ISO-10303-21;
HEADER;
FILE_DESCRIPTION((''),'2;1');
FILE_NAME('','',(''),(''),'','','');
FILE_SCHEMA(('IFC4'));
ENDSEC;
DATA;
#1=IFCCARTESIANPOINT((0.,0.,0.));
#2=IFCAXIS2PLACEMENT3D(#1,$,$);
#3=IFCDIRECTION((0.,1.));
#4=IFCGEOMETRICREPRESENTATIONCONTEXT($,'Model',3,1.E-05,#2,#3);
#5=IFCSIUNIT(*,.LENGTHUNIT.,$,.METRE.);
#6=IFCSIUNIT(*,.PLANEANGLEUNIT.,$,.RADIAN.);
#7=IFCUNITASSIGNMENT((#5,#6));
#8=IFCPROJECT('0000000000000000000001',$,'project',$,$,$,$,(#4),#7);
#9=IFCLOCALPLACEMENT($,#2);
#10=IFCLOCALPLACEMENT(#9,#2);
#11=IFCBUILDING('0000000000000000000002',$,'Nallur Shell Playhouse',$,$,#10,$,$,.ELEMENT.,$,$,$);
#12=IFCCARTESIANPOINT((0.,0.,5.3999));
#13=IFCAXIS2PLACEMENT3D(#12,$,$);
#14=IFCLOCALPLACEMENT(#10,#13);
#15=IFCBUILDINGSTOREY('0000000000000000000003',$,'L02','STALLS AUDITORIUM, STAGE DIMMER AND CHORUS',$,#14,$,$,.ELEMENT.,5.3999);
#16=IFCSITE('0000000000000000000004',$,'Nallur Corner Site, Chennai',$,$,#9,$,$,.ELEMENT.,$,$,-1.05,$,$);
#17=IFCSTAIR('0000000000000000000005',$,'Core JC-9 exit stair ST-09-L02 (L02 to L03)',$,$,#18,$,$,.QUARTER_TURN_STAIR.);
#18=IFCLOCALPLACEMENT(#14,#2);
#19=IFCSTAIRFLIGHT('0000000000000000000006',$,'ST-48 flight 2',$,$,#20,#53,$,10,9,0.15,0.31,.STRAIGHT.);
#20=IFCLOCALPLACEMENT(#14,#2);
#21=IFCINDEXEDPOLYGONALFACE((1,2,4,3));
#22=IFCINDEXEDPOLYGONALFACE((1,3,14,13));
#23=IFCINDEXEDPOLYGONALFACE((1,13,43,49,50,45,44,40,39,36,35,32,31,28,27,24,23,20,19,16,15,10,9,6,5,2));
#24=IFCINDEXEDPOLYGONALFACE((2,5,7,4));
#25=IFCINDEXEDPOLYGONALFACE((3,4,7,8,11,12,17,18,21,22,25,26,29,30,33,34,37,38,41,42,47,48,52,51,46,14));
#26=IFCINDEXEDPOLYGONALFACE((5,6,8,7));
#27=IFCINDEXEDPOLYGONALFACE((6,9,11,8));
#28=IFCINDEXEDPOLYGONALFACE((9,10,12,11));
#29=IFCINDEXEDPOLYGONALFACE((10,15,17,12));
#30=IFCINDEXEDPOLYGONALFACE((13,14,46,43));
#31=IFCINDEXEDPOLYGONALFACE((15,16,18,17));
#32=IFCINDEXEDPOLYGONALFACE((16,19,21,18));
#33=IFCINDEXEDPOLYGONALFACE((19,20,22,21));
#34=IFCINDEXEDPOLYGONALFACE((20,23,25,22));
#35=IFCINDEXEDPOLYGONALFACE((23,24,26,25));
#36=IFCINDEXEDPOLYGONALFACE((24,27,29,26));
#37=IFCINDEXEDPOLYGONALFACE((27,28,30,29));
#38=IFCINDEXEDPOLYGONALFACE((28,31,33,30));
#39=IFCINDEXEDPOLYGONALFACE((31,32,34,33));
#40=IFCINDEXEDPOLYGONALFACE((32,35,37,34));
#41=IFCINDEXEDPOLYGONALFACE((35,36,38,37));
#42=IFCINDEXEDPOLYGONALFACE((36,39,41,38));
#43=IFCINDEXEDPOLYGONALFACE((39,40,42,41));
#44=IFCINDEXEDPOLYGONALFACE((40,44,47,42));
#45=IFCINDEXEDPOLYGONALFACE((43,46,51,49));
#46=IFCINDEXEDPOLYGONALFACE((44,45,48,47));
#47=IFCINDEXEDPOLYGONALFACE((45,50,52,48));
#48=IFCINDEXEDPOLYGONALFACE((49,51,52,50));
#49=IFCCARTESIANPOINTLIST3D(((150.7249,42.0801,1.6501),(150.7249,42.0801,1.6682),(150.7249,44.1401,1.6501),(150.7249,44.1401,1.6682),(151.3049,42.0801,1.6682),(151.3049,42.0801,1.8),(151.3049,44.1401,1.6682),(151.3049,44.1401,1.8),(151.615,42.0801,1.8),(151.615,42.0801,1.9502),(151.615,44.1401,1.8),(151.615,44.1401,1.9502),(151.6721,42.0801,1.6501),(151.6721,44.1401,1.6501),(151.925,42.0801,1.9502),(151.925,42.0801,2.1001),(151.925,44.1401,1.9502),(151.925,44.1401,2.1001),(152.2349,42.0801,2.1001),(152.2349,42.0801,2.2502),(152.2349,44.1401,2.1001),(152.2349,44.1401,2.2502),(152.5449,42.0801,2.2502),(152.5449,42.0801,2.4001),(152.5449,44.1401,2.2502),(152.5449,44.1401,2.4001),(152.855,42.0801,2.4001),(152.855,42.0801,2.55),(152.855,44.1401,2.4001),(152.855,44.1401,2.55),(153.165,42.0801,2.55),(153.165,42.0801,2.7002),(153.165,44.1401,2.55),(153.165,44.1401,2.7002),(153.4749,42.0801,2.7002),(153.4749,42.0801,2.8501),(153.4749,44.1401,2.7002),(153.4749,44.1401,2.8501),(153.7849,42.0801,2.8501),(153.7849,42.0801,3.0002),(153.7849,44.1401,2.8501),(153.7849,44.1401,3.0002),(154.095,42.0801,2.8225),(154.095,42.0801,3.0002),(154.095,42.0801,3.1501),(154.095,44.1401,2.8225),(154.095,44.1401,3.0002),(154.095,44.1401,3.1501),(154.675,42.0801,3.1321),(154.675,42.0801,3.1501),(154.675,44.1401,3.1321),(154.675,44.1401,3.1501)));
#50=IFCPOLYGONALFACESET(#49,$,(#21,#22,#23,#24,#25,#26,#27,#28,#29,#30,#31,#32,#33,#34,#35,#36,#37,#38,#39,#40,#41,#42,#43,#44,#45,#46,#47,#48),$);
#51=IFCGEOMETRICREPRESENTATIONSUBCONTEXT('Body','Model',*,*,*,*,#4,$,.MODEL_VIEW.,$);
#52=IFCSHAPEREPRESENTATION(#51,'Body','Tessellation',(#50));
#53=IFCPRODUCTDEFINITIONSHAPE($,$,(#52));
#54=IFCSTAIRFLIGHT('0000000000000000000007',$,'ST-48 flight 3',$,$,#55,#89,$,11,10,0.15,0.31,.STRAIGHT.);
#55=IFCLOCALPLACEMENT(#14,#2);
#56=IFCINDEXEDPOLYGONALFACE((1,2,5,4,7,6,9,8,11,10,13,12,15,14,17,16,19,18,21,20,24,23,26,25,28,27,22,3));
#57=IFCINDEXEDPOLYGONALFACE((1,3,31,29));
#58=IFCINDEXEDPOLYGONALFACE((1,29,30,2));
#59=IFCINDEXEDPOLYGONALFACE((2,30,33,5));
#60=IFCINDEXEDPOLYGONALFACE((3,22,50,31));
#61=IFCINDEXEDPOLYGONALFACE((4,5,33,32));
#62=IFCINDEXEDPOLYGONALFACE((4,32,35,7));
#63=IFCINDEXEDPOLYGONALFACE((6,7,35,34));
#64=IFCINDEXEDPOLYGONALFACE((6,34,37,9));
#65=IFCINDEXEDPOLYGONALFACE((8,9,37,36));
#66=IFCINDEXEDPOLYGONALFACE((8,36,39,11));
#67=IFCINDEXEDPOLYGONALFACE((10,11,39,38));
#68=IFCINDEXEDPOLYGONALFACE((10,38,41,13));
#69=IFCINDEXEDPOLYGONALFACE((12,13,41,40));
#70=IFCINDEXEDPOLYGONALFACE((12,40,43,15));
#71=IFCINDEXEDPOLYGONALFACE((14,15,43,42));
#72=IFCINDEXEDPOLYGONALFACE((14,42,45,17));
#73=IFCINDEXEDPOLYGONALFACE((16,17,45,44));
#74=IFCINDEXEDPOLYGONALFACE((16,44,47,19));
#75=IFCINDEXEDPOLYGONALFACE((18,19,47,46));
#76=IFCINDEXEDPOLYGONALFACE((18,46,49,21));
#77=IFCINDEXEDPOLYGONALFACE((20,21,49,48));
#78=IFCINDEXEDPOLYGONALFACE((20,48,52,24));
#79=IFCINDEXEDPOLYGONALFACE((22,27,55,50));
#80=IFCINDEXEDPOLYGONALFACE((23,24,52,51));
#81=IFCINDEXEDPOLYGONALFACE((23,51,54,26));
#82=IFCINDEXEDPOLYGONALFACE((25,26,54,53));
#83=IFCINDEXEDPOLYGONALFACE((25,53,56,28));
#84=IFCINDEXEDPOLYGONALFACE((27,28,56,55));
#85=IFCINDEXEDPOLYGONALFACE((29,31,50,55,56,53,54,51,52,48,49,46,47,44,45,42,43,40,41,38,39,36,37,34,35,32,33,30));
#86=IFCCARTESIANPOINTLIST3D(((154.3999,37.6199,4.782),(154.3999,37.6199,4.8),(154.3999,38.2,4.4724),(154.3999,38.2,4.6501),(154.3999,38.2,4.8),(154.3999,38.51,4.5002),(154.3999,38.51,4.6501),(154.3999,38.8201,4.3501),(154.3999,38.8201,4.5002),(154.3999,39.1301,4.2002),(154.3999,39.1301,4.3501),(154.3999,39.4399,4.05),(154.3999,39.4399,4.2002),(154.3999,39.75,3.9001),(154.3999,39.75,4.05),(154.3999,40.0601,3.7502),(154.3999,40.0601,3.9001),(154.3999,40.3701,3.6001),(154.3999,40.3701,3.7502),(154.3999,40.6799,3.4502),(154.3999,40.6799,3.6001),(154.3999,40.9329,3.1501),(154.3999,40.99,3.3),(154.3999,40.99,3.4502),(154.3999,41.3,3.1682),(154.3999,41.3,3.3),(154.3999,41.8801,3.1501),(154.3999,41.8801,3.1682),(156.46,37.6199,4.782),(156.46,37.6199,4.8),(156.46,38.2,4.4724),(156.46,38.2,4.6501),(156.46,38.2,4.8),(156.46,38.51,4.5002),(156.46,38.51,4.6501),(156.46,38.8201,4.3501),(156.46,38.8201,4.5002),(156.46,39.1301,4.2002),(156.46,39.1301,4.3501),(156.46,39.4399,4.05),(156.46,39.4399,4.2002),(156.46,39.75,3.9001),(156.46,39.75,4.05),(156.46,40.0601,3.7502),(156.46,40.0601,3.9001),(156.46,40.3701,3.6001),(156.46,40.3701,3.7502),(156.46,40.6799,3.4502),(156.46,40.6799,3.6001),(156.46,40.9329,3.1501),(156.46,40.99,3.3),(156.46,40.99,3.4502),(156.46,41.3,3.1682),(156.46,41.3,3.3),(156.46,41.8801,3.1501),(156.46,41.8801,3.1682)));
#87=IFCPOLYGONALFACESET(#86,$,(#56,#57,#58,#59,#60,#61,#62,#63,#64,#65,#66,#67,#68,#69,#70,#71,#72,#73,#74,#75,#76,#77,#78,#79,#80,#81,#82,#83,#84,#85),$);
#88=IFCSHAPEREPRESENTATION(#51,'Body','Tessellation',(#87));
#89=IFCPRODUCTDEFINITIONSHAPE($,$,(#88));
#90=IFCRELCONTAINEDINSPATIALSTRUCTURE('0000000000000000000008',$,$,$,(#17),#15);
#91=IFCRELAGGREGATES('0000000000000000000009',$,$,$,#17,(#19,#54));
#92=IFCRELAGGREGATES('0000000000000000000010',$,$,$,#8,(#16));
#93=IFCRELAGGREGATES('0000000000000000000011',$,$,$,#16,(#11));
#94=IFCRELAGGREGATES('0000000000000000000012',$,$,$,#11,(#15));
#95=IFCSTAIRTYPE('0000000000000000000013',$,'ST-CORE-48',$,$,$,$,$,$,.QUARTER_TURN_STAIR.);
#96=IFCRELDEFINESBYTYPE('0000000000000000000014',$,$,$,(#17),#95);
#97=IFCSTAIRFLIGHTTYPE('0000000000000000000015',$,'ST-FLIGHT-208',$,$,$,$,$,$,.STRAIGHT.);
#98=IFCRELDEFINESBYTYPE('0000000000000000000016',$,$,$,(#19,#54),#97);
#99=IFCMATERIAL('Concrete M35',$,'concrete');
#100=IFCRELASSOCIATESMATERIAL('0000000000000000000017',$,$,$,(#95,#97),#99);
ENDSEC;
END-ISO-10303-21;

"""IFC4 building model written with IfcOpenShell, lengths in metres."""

from ifc_helpers import new_model, si_unit, direction, frame, origin, place, context, subcontext, project, spatial, polyline, outline, extrude, material, type_object, element, aggregate, save


model = new_model("IFC4")

# Units and contexts
model_context = context("Model", 3, precision=1e-05, world=origin(), true_north=direction((0.0, 1.0)))
body_context = subcontext(model_context, "Body", "Model", "MODEL_VIEW")
ifc_project = project(units=[si_unit("LENGTHUNIT", "METRE"), si_unit("PLANEANGLEUNIT", "RADIAN")], contexts=[model_context])

# Site, building, storey
site_placement = place(None, origin())
site = spatial("IfcSite", under=ifc_project, at=site_placement, Name="Nallur Corner Site, Chennai", CompositionType="ELEMENT", RefElevation=-1.05)
building_placement = place(site_placement, origin())
building = spatial("IfcBuilding", under=site, at=building_placement, Name="Nallur Shell Playhouse", CompositionType="ELEMENT")
storey_placement = place(building_placement, frame((0.0, 0.0, 5.3999)))
storey = spatial("IfcBuildingStorey", under=building, at=storey_placement, Name="L02", Description="STALLS AUDITORIUM, STAGE DIMMER AND CHORUS", CompositionType="ELEMENT", Elevation=5.3999)

# Shared definitions
ifc_material_1 = material(Name="Concrete M35", Category="concrete")

# Stair, stair flights
stair_type = type_object("IfcStairType", Name="ST-CORE-48", PredefinedType="QUARTER_TURN_STAIR", material=ifc_material_1)
stair_placement = place(storey_placement, origin())
stair = element("IfcStair", 1, at=stair_placement, inside=storey, type_object=stair_type, Name="Core JC-9 exit stair ST-09-L02 (L02 to L03)", PredefinedType="QUARTER_TURN_STAIR")
stair_flight_type = type_object("IfcStairFlightType", Name="ST-FLIGHT-208", PredefinedType="STRAIGHT", material=ifc_material_1)
stair_flight_1_placement = place(storey_placement, frame((151.3049, 43.1101, 1.6501), z_axis=(0.0, 0.0, 1.0), x_axis=(1.0, 0.0, 0.0)))
stair_flight_1 = element("IfcStairFlight", 2, at=stair_flight_1_placement, type_object=stair_flight_type, Name="ST-48 flight 2", NumberOfRisers=10, NumberOfTreads=9, PredefinedType="STRAIGHT", RiserHeight=0.15, TreadLength=0.31, context=body_context, shape_type="SweptSolid", body=[
    extrude(outline(polyline([(-0.5801, 0.0), (-0.5801, 0.0181), (0.0, 0.0181), (0.0, 0.1499), (0.3101, 0.1499), (0.3101, 0.3), (0.6201, 0.3), (0.6201, 0.45), (0.9299, 0.45), (0.9299, 0.6001), (1.24, 0.6001), (1.24, 0.75), (1.55, 0.75), (1.55, 0.8999), (1.8601, 0.8999), (1.8601, 1.05), (2.1699, 1.05), (2.1699, 1.2), (2.48, 1.2), (2.48, 1.3501), (2.79, 1.3501), (2.79, 1.5), (3.3701, 1.5), (3.3701, 1.4819), (2.79, 1.1724), (0.3672, 0.0), (-0.5801, 0.0)])), frame((0.0, 1.03, 0.0), z_axis=(0.0, -1.0, 0.0), x_axis=(1.0, 0.0, 0.0)), (0.0, 0.0, 1.0), 2.0601),
])
stair_flight_2_placement = place(storey_placement, frame((155.4299, 41.3, 3.1501), z_axis=(0.0, 0.0, 1.0), x_axis=(0.0, -1.0, 0.0)))
stair_flight_2 = element("IfcStairFlight", 3, at=stair_flight_2_placement, type_object=stair_flight_type, Name="ST-48 flight 3", NumberOfRisers=11, NumberOfTreads=10, PredefinedType="STRAIGHT", RiserHeight=0.15, TreadLength=0.31, context=body_context, shape_type="SweptSolid", body=[
    extrude(outline(polyline([(-0.5801, 0.0), (-0.5801, 0.0181), (0.0, 0.0181), (0.0, 0.1499), (0.3101, 0.1499), (0.3101, 0.3), (0.6201, 0.3), (0.6201, 0.45), (0.9299, 0.45), (0.9299, 0.6001), (1.24, 0.6001), (1.24, 0.75), (1.55, 0.75), (1.55, 0.8999), (1.8601, 0.8999), (1.8601, 1.05), (2.1699, 1.05), (2.1699, 1.2), (2.48, 1.2), (2.48, 1.3501), (2.79, 1.3501), (2.79, 1.5), (3.1001, 1.5), (3.1001, 1.6499), (3.6802, 1.6499), (3.6802, 1.6318), (3.1001, 1.3223), (0.3672, 0.0), (-0.5801, 0.0)])), frame((0.0, 1.03, 0.0), z_axis=(0.0, -1.0, 0.0), x_axis=(1.0, 0.0, 0.0)), (0.0, 0.0, 1.0), 2.0601),
])
aggregate(stair, [stair_flight_1, stair_flight_2])

save(model, "model.ifc")
